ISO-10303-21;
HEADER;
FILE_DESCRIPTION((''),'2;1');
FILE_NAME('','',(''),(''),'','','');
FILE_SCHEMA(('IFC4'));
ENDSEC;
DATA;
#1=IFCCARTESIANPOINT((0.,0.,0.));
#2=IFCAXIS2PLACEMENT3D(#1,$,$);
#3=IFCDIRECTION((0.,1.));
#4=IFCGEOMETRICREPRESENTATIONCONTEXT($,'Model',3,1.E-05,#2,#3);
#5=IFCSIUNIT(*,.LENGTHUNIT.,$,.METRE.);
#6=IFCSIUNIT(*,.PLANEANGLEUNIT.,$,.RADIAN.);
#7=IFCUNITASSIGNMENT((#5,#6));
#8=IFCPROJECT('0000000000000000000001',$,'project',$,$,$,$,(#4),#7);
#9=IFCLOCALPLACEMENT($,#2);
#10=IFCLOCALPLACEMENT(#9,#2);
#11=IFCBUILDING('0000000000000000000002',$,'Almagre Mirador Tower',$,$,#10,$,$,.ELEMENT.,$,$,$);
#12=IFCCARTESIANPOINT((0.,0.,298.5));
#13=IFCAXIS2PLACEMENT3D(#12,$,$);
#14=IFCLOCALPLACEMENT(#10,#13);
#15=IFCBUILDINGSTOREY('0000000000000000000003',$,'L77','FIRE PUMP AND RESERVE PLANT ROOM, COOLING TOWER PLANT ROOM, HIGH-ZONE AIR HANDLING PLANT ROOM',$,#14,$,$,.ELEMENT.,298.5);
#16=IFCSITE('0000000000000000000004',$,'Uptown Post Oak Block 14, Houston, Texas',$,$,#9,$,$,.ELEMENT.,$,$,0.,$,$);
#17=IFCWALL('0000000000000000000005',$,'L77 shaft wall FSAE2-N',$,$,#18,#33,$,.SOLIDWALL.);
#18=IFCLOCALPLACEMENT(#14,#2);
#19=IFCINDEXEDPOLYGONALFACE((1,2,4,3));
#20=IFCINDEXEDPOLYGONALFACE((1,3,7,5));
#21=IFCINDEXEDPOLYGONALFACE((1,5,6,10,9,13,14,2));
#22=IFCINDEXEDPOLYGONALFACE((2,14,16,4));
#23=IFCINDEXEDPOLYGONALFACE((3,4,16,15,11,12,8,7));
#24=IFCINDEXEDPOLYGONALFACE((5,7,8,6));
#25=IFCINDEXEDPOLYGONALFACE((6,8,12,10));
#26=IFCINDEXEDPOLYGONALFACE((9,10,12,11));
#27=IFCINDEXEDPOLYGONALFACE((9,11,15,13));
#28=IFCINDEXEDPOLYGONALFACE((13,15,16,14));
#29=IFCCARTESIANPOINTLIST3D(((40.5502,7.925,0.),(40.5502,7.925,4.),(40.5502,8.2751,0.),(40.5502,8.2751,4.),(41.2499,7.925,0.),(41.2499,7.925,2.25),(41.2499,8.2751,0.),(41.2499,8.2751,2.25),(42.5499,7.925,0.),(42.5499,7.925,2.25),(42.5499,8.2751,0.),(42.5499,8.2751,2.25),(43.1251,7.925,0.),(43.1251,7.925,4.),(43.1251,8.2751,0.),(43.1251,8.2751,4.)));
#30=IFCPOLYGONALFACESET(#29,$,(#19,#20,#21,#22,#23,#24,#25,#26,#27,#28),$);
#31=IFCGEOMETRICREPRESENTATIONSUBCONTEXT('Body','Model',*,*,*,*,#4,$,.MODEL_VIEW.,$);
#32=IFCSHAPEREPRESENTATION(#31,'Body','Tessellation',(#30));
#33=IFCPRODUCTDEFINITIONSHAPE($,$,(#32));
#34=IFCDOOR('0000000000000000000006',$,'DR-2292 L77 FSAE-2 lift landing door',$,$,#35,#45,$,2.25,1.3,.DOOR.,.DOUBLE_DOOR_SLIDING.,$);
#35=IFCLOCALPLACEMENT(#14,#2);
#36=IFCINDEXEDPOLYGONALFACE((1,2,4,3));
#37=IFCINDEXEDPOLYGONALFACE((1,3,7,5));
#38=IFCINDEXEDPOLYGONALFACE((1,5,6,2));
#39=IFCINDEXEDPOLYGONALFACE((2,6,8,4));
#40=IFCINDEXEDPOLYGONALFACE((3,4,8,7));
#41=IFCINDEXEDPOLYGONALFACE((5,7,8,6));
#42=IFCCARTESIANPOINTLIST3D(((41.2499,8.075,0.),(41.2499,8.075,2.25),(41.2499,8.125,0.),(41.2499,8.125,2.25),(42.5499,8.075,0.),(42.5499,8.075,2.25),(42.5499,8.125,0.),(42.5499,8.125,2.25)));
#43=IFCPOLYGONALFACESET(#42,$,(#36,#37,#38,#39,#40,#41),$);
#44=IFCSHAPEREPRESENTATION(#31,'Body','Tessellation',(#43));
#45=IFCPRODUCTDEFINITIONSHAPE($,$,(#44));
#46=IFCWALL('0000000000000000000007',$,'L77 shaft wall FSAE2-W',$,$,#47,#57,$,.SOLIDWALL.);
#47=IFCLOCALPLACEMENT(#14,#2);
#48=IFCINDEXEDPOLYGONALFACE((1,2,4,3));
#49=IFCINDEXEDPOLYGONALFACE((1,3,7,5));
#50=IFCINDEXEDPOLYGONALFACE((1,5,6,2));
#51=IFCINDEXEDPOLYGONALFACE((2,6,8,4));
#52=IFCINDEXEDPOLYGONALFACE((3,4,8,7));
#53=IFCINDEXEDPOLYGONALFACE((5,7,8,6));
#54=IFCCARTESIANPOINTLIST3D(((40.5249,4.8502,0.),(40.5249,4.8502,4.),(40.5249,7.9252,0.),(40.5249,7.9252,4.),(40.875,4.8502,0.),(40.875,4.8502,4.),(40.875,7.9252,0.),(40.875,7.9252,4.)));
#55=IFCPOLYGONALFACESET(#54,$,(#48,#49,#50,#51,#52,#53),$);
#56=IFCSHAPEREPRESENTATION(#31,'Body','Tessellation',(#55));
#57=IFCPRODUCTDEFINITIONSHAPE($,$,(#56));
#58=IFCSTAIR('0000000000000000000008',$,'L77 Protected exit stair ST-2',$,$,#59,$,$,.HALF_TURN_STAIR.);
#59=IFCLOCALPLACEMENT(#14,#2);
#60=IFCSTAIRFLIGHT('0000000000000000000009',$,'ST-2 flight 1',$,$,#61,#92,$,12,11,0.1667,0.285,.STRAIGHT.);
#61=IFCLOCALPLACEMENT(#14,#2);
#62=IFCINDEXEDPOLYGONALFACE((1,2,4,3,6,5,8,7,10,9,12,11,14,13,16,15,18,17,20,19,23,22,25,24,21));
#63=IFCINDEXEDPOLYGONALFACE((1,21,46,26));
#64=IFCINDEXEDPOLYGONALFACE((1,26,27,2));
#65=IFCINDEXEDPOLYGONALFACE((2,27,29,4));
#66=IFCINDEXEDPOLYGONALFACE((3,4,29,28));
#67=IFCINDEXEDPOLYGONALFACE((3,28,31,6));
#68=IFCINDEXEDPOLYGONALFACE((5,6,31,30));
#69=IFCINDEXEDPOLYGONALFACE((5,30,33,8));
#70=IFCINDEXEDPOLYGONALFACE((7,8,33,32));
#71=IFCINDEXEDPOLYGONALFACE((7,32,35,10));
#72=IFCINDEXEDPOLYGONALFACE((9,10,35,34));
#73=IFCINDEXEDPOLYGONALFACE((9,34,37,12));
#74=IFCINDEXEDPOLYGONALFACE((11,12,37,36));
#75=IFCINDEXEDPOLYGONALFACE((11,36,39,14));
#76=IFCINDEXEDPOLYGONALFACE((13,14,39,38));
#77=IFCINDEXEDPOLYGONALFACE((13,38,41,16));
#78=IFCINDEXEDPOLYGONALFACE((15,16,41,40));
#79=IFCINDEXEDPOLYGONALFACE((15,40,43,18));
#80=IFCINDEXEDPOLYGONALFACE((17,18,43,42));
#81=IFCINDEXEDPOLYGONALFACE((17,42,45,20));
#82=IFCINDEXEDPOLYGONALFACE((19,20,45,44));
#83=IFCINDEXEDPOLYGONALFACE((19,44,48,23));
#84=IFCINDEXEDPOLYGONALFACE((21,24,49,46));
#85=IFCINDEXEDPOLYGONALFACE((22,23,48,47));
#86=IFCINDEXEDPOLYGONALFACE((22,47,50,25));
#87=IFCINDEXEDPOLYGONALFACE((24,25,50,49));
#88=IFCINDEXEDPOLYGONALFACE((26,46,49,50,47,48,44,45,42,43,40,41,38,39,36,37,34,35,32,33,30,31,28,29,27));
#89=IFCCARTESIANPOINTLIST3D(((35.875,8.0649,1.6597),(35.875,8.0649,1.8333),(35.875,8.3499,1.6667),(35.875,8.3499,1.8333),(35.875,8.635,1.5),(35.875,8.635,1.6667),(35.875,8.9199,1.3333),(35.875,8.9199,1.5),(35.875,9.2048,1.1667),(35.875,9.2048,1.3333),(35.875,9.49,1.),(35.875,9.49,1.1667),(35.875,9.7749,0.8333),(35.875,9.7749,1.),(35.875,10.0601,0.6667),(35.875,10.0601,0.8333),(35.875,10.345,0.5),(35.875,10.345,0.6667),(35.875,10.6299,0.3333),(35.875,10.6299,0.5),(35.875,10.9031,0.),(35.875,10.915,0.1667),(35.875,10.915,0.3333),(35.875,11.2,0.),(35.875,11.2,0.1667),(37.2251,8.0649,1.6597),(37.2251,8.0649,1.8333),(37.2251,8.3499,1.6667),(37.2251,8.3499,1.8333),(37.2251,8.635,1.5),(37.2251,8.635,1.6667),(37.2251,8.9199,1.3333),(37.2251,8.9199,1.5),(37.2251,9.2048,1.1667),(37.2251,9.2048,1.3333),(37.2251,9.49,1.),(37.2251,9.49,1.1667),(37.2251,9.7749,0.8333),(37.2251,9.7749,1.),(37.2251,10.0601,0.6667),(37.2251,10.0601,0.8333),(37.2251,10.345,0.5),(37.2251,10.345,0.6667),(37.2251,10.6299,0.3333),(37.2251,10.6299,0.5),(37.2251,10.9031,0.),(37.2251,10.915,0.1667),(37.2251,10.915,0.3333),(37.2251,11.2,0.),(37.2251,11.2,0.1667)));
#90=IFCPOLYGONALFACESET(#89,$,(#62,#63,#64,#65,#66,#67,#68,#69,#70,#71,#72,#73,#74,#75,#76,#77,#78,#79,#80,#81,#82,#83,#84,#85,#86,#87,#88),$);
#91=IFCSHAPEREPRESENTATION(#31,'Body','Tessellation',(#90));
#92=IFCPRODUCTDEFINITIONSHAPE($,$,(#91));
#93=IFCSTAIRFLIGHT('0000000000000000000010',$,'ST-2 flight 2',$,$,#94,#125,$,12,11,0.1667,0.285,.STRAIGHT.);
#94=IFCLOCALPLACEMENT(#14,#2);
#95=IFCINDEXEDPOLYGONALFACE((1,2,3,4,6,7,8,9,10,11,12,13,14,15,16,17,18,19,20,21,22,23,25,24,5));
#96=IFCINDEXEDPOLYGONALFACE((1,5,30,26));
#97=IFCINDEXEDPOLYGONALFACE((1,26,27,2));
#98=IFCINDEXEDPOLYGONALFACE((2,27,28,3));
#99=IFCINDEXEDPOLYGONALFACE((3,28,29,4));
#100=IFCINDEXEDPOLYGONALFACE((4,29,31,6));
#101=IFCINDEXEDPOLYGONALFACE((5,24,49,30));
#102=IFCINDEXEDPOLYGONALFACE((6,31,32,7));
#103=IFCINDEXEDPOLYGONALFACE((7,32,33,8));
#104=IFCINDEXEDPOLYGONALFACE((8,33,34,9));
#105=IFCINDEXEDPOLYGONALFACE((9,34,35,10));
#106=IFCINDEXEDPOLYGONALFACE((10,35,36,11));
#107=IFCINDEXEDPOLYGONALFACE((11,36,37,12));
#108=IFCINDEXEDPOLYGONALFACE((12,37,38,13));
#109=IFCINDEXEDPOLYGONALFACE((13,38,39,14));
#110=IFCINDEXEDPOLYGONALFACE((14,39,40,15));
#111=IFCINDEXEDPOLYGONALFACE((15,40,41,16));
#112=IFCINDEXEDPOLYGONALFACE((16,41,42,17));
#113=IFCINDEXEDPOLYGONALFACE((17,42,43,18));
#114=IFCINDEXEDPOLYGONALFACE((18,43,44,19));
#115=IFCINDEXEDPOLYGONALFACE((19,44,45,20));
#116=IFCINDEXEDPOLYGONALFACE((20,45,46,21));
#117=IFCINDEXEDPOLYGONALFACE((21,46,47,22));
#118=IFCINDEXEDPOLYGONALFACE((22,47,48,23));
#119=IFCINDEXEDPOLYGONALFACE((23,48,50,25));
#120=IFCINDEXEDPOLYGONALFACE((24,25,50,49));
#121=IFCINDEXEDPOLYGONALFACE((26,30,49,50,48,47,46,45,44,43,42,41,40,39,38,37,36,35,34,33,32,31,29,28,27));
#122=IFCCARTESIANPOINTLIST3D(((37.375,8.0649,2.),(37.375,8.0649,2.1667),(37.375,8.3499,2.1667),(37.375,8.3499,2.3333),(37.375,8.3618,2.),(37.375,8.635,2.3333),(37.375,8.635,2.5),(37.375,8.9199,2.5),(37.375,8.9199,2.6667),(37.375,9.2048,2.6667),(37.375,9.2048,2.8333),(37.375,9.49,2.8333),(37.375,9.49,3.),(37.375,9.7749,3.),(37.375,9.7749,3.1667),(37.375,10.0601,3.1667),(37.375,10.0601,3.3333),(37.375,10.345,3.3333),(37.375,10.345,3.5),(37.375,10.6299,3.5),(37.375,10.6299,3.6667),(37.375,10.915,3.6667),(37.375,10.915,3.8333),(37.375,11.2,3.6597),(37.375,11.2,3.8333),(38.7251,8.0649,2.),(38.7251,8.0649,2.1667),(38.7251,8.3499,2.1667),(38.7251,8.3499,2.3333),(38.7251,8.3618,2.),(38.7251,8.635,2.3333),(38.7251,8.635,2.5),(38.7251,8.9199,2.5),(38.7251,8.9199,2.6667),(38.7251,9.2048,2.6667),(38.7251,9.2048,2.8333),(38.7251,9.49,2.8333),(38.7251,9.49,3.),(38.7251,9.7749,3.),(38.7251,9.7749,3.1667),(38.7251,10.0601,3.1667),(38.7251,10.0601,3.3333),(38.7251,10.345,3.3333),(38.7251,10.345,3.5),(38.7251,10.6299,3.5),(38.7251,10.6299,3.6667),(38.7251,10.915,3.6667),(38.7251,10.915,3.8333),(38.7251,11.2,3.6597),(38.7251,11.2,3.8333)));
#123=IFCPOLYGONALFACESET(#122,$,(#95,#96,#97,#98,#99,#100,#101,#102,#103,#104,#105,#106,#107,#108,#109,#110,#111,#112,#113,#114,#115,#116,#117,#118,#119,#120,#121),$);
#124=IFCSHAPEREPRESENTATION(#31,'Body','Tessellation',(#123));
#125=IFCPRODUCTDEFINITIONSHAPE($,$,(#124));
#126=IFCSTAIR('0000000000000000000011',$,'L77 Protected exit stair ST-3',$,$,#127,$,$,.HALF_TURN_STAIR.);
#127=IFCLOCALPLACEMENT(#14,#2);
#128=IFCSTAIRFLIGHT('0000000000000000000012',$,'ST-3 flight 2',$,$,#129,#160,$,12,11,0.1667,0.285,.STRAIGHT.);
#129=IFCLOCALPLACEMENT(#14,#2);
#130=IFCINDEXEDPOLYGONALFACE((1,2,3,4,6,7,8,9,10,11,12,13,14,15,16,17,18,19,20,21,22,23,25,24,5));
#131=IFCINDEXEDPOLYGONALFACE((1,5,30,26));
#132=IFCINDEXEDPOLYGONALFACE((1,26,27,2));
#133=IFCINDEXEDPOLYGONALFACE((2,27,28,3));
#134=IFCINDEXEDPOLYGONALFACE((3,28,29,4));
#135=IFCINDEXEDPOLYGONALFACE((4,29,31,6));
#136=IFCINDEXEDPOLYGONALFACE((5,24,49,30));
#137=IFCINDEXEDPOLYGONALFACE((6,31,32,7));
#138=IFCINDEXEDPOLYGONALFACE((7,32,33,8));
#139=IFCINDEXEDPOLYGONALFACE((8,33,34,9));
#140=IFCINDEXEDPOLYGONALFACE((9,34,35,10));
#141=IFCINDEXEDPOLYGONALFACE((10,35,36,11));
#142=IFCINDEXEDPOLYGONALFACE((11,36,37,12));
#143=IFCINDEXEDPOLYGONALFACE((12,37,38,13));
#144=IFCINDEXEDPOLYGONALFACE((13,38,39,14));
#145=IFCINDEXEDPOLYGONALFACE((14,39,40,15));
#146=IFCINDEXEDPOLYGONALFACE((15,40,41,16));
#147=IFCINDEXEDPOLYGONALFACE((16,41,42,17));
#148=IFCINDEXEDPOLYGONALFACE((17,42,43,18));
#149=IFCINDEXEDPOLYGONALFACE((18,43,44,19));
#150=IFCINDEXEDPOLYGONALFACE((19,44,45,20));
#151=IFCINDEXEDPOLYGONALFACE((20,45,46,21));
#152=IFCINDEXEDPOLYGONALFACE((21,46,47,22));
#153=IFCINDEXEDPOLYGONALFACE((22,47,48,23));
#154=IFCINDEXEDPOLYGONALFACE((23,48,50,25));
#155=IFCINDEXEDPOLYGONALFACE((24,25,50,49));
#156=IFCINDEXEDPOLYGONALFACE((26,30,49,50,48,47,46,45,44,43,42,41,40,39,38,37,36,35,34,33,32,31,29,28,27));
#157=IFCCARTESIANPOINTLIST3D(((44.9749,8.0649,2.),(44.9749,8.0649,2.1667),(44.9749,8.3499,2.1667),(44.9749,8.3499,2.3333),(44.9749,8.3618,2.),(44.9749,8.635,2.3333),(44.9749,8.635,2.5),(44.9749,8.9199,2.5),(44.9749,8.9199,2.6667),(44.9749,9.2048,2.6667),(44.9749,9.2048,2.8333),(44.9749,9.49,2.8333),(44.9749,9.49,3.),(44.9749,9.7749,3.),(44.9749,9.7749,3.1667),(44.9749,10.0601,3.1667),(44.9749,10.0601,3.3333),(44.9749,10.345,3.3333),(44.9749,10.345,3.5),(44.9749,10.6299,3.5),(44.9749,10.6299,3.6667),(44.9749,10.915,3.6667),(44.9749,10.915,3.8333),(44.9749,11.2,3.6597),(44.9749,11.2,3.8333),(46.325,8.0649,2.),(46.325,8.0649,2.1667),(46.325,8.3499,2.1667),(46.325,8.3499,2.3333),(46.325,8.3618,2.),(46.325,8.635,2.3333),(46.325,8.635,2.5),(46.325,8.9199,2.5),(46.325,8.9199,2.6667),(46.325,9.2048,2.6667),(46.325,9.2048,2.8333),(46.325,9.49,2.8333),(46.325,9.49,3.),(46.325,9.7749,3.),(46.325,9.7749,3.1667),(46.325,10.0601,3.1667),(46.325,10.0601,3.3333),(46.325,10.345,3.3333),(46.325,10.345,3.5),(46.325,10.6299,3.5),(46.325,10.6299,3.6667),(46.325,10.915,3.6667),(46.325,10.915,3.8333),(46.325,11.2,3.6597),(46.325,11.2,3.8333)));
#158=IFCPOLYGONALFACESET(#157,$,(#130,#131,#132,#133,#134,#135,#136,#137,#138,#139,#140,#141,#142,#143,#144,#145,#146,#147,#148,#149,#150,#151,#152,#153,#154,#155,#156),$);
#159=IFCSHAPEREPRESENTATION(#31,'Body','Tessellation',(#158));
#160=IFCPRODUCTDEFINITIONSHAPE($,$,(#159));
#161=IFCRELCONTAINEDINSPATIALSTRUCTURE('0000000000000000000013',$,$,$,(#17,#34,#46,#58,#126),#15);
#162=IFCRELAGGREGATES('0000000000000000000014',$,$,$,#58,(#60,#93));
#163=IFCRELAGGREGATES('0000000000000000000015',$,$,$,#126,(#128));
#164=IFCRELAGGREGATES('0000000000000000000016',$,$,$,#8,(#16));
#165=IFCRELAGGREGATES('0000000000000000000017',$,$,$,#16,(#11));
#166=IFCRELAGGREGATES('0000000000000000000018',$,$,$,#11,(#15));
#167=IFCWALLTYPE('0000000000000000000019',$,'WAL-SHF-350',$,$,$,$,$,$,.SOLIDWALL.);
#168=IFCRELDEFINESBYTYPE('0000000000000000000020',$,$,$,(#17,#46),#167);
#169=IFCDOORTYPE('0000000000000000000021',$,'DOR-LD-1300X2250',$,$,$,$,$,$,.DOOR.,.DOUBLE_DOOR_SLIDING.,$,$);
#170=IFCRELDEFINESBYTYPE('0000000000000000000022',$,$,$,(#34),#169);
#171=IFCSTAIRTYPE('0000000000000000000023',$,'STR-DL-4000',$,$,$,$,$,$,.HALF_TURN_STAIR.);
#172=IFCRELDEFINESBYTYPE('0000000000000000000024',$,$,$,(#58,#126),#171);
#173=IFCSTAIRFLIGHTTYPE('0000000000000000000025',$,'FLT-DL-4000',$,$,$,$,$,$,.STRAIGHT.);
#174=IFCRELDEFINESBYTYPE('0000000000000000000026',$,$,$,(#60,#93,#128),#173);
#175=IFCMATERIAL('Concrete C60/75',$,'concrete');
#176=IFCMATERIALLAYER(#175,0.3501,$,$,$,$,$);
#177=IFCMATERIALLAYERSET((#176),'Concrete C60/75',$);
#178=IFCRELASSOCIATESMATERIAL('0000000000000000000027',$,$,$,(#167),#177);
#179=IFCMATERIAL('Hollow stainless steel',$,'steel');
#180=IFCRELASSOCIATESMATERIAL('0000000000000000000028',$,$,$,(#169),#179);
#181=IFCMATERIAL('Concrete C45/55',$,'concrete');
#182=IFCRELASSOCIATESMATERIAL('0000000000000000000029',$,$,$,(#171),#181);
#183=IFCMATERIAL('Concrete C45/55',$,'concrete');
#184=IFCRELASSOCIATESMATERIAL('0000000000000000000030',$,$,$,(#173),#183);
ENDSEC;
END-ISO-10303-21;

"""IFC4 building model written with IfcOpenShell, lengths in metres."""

from ifc_helpers import new_model, si_unit, direction, frame, frame_2d, origin, place, context, subcontext, project, spatial, polyline, rectangle, outline, extrude, material, layer, layer_set, type_object, element, fill, aggregate, save


model = new_model("IFC4")

# Units and contexts
model_context = context("Model", 3, precision=1e-05, world=origin(), true_north=direction((0.0, 1.0)))
body_context = subcontext(model_context, "Body", "Model", "MODEL_VIEW")
ifc_project = project(units=[si_unit("LENGTHUNIT", "METRE"), si_unit("PLANEANGLEUNIT", "RADIAN")], contexts=[model_context])

# Site, building, storey
site_placement = place(None, origin())
site = spatial("IfcSite", under=ifc_project, at=site_placement, Name="Uptown Post Oak Block 14, Houston, Texas", CompositionType="ELEMENT", RefElevation=0.0)
building_placement = place(site_placement, origin())
building = spatial("IfcBuilding", under=site, at=building_placement, Name="Almagre Mirador Tower", CompositionType="ELEMENT")
storey_placement = place(building_placement, frame((0.0, 0.0, 298.5)))
storey = spatial("IfcBuildingStorey", under=building, at=storey_placement, Name="L77", Description="FIRE PUMP AND RESERVE PLANT ROOM, COOLING TOWER PLANT ROOM, HIGH-ZONE AIR HANDLING PLANT ROOM", CompositionType="ELEMENT", Elevation=298.5)

# Shared definitions
ifc_material_1 = material(Name="Concrete C60/75", Category="concrete")
ifc_layer_1 = layer(ifc_material_1, 0.3501)
ifc_layer_set_1 = layer_set([ifc_layer_1], Name="Concrete C60/75")
wall_type_1 = type_object("IfcWallType", Name="WAL-SHF-350", PredefinedType="SOLIDWALL", material=ifc_layer_set_1)

# Wall, opening, door
wall_1_placement = place(storey_placement, frame((40.55, 8.1001, 0.0), z_axis=(0.0, 0.0, 1.0), x_axis=(1.0, 0.0, 0.0)))
wall_1 = element("IfcWall", 1, at=wall_1_placement, inside=storey, type_object=wall_type_1, Name="L77 shaft wall FSAE2-N", PredefinedType="SOLIDWALL", context=body_context, shape_type="SweptSolid", body=[
    extrude(rectangle(XDim=2.575, YDim=0.3501, at=frame_2d((1.2876, 0.0))), origin(), (0.0, 0.0, 1.0), 4.0),
])
opening_1_placement = place(wall_1_placement, frame((0.7, 0.0, 0.0)))
opening_1 = element("IfcOpeningElement", 2, at=opening_1_placement, cuts=wall_1, PredefinedType="OPENING", context=body_context, shape_type="SweptSolid", body=[
    extrude(rectangle(XDim=1.3, YDim=2.25, at=frame_2d((0.6499, 1.125))), frame((0.0, 0.185, 0.0), z_axis=(0.0, -1.0, 0.0), x_axis=(1.0, 0.0, 0.0)), (0.0, 0.0, 1.0), 0.3701),
])
ifc_material_2 = material(Name="Hollow stainless steel", Category="steel")
door_type_1 = type_object("IfcDoorType", Name="DOR-LD-1300X2250", OperationType="DOUBLE_DOOR_SLIDING", PredefinedType="DOOR", material=ifc_material_2)
door_1_placement = place(opening_1_placement, origin())
door_1 = element("IfcDoor", 3, at=door_1_placement, inside=storey, type_object=door_type_1, Name="DR-2292 L77 FSAE-2 lift landing door", OperationType="DOUBLE_DOOR_SLIDING", OverallHeight=2.25, OverallWidth=1.3, PredefinedType="DOOR", context=body_context, shape_type="SweptSolid", body=[
    extrude(rectangle(XDim=1.3, YDim=2.25, at=frame_2d((0.6499, 1.125))), frame((0.0, 0.0249, 0.0), z_axis=(0.0, -1.0, 0.0), x_axis=(1.0, 0.0, 0.0)), (0.0, 0.0, 1.0), 0.05),
])
fill(opening_1, door_1)

# Wall
wall_2_placement = place(storey_placement, frame((40.7, 4.8501, 0.0), z_axis=(0.0, 0.0, 1.0), x_axis=(0.0, 1.0, 0.0)))
element("IfcWall", 4, at=wall_2_placement, inside=storey, type_object=wall_type_1, Name="L77 shaft wall FSAE2-W", PredefinedType="SOLIDWALL", context=body_context, shape_type="SweptSolid", body=[
    extrude(rectangle(XDim=3.075, YDim=0.3501, at=frame_2d((1.5376, 0.0))), origin(), (0.0, 0.0, 1.0), 4.0),
])

# Stair, stair flights
ifc_material_3 = material(Name="Concrete C45/55", Category="concrete")
stair_type = type_object("IfcStairType", Name="STR-DL-4000", PredefinedType="HALF_TURN_STAIR", material=ifc_material_3)
stair_1_placement = place(storey_placement, origin())
stair_1 = element("IfcStair", 5, at=stair_1_placement, inside=storey, type_object=stair_type, Name="L77 Protected exit stair ST-2", PredefinedType="HALF_TURN_STAIR")
ifc_material_4 = material(Name="Concrete C45/55", Category="concrete")
stair_flight_type = type_object("IfcStairFlightType", Name="FLT-DL-4000", PredefinedType="STRAIGHT", material=ifc_material_4)
stair_flight_1_placement = place(storey_placement, frame((36.55, 11.2, 0.0), z_axis=(0.0, 0.0, 1.0), x_axis=(0.0, -1.0, 0.0)))
stair_flight_1 = element("IfcStairFlight", 6, at=stair_flight_1_placement, type_object=stair_flight_type, Name="ST-2 flight 1", NumberOfRisers=12, NumberOfTreads=11, PredefinedType="STRAIGHT", RiserHeight=0.1667, TreadLength=0.285, context=body_context, shape_type="SweptSolid", body=[
    extrude(outline(polyline([(0.0, 0.0), (0.0, 0.1667), (0.2849, 0.1667), (0.2849, 0.3333), (0.5701, 0.3333), (0.5701, 0.5), (0.855, 0.5), (0.855, 0.6667), (1.1399, 0.6667), (1.1399, 0.8333), (1.425, 0.8333), (1.425, 1.0), (1.71, 1.0), (1.71, 1.1667), (1.9951, 1.1667), (1.9951, 1.3333), (2.28, 1.3333), (2.28, 1.5), (2.5649, 1.5), (2.5649, 1.6667), (2.8501, 1.6667), (2.8501, 1.8333), (3.135, 1.8333), (3.135, 2.0), (3.135, 1.6597), (0.2969, 0.0), (0.0, 0.0)])), frame((0.0, 0.675, 0.0), z_axis=(0.0, -1.0, 0.0), x_axis=(1.0, 0.0, 0.0)), (0.0, 0.0, 1.0), 1.3501),
])
stair_flight_2_placement = place(storey_placement, frame((38.05, 8.0649, 2.0), z_axis=(0.0, 0.0, 1.0), x_axis=(0.0, 1.0, 0.0)))
stair_flight_2 = element("IfcStairFlight", 7, at=stair_flight_2_placement, type_object=stair_flight_type, Name="ST-2 flight 2", NumberOfRisers=12, NumberOfTreads=11, PredefinedType="STRAIGHT", RiserHeight=0.1667, TreadLength=0.285, context=body_context, shape_type="SweptSolid", body=[
    extrude(outline(polyline([(0.0, 0.0), (0.0, 0.1667), (0.2849, 0.1667), (0.2849, 0.3333), (0.5701, 0.3333), (0.5701, 0.5), (0.855, 0.5), (0.855, 0.6667), (1.1399, 0.6667), (1.1399, 0.8333), (1.425, 0.8333), (1.425, 1.0), (1.71, 1.0), (1.71, 1.1667), (1.9951, 1.1667), (1.9951, 1.3333), (2.28, 1.3333), (2.28, 1.5), (2.5649, 1.5), (2.5649, 1.6667), (2.8501, 1.6667), (2.8501, 1.8333), (3.135, 1.8333), (3.135, 2.0), (3.135, 1.6597), (0.2969, 0.0), (0.0, 0.0)])), frame((0.0, 0.675, 0.0), z_axis=(0.0, -1.0, 0.0), x_axis=(1.0, 0.0, 0.0)), (0.0, 0.0, 1.0), 1.3501),
])
aggregate(stair_1, [stair_flight_1, stair_flight_2])

# Stair, stair flight
stair_2_placement = place(storey_placement, origin())
stair_2 = element("IfcStair", 8, at=stair_2_placement, inside=storey, type_object=stair_type, Name="L77 Protected exit stair ST-3", PredefinedType="HALF_TURN_STAIR")
stair_flight_3_placement = place(storey_placement, frame((45.6499, 8.0649, 2.0), z_axis=(0.0, 0.0, 1.0), x_axis=(0.0, 1.0, 0.0)))
stair_flight_3 = element("IfcStairFlight", 9, at=stair_flight_3_placement, type_object=stair_flight_type, Name="ST-3 flight 2", NumberOfRisers=12, NumberOfTreads=11, PredefinedType="STRAIGHT", RiserHeight=0.1667, TreadLength=0.285, context=body_context, shape_type="SweptSolid", body=[
    extrude(outline(polyline([(0.0, 0.0), (0.0, 0.1667), (0.2849, 0.1667), (0.2849, 0.3333), (0.5701, 0.3333), (0.5701, 0.5), (0.855, 0.5), (0.855, 0.6667), (1.1399, 0.6667), (1.1399, 0.8333), (1.425, 0.8333), (1.425, 1.0), (1.71, 1.0), (1.71, 1.1667), (1.9951, 1.1667), (1.9951, 1.3333), (2.28, 1.3333), (2.28, 1.5), (2.5649, 1.5), (2.5649, 1.6667), (2.8501, 1.6667), (2.8501, 1.8333), (3.135, 1.8333), (3.135, 2.0), (3.135, 1.6597), (0.2969, 0.0), (0.0, 0.0)])), frame((0.0, 0.675, 0.0), z_axis=(0.0, -1.0, 0.0), x_axis=(1.0, 0.0, 0.0)), (0.0, 0.0, 1.0), 1.3501),
])
aggregate(stair_2, [stair_flight_3])

save(model, "model.ifc")
